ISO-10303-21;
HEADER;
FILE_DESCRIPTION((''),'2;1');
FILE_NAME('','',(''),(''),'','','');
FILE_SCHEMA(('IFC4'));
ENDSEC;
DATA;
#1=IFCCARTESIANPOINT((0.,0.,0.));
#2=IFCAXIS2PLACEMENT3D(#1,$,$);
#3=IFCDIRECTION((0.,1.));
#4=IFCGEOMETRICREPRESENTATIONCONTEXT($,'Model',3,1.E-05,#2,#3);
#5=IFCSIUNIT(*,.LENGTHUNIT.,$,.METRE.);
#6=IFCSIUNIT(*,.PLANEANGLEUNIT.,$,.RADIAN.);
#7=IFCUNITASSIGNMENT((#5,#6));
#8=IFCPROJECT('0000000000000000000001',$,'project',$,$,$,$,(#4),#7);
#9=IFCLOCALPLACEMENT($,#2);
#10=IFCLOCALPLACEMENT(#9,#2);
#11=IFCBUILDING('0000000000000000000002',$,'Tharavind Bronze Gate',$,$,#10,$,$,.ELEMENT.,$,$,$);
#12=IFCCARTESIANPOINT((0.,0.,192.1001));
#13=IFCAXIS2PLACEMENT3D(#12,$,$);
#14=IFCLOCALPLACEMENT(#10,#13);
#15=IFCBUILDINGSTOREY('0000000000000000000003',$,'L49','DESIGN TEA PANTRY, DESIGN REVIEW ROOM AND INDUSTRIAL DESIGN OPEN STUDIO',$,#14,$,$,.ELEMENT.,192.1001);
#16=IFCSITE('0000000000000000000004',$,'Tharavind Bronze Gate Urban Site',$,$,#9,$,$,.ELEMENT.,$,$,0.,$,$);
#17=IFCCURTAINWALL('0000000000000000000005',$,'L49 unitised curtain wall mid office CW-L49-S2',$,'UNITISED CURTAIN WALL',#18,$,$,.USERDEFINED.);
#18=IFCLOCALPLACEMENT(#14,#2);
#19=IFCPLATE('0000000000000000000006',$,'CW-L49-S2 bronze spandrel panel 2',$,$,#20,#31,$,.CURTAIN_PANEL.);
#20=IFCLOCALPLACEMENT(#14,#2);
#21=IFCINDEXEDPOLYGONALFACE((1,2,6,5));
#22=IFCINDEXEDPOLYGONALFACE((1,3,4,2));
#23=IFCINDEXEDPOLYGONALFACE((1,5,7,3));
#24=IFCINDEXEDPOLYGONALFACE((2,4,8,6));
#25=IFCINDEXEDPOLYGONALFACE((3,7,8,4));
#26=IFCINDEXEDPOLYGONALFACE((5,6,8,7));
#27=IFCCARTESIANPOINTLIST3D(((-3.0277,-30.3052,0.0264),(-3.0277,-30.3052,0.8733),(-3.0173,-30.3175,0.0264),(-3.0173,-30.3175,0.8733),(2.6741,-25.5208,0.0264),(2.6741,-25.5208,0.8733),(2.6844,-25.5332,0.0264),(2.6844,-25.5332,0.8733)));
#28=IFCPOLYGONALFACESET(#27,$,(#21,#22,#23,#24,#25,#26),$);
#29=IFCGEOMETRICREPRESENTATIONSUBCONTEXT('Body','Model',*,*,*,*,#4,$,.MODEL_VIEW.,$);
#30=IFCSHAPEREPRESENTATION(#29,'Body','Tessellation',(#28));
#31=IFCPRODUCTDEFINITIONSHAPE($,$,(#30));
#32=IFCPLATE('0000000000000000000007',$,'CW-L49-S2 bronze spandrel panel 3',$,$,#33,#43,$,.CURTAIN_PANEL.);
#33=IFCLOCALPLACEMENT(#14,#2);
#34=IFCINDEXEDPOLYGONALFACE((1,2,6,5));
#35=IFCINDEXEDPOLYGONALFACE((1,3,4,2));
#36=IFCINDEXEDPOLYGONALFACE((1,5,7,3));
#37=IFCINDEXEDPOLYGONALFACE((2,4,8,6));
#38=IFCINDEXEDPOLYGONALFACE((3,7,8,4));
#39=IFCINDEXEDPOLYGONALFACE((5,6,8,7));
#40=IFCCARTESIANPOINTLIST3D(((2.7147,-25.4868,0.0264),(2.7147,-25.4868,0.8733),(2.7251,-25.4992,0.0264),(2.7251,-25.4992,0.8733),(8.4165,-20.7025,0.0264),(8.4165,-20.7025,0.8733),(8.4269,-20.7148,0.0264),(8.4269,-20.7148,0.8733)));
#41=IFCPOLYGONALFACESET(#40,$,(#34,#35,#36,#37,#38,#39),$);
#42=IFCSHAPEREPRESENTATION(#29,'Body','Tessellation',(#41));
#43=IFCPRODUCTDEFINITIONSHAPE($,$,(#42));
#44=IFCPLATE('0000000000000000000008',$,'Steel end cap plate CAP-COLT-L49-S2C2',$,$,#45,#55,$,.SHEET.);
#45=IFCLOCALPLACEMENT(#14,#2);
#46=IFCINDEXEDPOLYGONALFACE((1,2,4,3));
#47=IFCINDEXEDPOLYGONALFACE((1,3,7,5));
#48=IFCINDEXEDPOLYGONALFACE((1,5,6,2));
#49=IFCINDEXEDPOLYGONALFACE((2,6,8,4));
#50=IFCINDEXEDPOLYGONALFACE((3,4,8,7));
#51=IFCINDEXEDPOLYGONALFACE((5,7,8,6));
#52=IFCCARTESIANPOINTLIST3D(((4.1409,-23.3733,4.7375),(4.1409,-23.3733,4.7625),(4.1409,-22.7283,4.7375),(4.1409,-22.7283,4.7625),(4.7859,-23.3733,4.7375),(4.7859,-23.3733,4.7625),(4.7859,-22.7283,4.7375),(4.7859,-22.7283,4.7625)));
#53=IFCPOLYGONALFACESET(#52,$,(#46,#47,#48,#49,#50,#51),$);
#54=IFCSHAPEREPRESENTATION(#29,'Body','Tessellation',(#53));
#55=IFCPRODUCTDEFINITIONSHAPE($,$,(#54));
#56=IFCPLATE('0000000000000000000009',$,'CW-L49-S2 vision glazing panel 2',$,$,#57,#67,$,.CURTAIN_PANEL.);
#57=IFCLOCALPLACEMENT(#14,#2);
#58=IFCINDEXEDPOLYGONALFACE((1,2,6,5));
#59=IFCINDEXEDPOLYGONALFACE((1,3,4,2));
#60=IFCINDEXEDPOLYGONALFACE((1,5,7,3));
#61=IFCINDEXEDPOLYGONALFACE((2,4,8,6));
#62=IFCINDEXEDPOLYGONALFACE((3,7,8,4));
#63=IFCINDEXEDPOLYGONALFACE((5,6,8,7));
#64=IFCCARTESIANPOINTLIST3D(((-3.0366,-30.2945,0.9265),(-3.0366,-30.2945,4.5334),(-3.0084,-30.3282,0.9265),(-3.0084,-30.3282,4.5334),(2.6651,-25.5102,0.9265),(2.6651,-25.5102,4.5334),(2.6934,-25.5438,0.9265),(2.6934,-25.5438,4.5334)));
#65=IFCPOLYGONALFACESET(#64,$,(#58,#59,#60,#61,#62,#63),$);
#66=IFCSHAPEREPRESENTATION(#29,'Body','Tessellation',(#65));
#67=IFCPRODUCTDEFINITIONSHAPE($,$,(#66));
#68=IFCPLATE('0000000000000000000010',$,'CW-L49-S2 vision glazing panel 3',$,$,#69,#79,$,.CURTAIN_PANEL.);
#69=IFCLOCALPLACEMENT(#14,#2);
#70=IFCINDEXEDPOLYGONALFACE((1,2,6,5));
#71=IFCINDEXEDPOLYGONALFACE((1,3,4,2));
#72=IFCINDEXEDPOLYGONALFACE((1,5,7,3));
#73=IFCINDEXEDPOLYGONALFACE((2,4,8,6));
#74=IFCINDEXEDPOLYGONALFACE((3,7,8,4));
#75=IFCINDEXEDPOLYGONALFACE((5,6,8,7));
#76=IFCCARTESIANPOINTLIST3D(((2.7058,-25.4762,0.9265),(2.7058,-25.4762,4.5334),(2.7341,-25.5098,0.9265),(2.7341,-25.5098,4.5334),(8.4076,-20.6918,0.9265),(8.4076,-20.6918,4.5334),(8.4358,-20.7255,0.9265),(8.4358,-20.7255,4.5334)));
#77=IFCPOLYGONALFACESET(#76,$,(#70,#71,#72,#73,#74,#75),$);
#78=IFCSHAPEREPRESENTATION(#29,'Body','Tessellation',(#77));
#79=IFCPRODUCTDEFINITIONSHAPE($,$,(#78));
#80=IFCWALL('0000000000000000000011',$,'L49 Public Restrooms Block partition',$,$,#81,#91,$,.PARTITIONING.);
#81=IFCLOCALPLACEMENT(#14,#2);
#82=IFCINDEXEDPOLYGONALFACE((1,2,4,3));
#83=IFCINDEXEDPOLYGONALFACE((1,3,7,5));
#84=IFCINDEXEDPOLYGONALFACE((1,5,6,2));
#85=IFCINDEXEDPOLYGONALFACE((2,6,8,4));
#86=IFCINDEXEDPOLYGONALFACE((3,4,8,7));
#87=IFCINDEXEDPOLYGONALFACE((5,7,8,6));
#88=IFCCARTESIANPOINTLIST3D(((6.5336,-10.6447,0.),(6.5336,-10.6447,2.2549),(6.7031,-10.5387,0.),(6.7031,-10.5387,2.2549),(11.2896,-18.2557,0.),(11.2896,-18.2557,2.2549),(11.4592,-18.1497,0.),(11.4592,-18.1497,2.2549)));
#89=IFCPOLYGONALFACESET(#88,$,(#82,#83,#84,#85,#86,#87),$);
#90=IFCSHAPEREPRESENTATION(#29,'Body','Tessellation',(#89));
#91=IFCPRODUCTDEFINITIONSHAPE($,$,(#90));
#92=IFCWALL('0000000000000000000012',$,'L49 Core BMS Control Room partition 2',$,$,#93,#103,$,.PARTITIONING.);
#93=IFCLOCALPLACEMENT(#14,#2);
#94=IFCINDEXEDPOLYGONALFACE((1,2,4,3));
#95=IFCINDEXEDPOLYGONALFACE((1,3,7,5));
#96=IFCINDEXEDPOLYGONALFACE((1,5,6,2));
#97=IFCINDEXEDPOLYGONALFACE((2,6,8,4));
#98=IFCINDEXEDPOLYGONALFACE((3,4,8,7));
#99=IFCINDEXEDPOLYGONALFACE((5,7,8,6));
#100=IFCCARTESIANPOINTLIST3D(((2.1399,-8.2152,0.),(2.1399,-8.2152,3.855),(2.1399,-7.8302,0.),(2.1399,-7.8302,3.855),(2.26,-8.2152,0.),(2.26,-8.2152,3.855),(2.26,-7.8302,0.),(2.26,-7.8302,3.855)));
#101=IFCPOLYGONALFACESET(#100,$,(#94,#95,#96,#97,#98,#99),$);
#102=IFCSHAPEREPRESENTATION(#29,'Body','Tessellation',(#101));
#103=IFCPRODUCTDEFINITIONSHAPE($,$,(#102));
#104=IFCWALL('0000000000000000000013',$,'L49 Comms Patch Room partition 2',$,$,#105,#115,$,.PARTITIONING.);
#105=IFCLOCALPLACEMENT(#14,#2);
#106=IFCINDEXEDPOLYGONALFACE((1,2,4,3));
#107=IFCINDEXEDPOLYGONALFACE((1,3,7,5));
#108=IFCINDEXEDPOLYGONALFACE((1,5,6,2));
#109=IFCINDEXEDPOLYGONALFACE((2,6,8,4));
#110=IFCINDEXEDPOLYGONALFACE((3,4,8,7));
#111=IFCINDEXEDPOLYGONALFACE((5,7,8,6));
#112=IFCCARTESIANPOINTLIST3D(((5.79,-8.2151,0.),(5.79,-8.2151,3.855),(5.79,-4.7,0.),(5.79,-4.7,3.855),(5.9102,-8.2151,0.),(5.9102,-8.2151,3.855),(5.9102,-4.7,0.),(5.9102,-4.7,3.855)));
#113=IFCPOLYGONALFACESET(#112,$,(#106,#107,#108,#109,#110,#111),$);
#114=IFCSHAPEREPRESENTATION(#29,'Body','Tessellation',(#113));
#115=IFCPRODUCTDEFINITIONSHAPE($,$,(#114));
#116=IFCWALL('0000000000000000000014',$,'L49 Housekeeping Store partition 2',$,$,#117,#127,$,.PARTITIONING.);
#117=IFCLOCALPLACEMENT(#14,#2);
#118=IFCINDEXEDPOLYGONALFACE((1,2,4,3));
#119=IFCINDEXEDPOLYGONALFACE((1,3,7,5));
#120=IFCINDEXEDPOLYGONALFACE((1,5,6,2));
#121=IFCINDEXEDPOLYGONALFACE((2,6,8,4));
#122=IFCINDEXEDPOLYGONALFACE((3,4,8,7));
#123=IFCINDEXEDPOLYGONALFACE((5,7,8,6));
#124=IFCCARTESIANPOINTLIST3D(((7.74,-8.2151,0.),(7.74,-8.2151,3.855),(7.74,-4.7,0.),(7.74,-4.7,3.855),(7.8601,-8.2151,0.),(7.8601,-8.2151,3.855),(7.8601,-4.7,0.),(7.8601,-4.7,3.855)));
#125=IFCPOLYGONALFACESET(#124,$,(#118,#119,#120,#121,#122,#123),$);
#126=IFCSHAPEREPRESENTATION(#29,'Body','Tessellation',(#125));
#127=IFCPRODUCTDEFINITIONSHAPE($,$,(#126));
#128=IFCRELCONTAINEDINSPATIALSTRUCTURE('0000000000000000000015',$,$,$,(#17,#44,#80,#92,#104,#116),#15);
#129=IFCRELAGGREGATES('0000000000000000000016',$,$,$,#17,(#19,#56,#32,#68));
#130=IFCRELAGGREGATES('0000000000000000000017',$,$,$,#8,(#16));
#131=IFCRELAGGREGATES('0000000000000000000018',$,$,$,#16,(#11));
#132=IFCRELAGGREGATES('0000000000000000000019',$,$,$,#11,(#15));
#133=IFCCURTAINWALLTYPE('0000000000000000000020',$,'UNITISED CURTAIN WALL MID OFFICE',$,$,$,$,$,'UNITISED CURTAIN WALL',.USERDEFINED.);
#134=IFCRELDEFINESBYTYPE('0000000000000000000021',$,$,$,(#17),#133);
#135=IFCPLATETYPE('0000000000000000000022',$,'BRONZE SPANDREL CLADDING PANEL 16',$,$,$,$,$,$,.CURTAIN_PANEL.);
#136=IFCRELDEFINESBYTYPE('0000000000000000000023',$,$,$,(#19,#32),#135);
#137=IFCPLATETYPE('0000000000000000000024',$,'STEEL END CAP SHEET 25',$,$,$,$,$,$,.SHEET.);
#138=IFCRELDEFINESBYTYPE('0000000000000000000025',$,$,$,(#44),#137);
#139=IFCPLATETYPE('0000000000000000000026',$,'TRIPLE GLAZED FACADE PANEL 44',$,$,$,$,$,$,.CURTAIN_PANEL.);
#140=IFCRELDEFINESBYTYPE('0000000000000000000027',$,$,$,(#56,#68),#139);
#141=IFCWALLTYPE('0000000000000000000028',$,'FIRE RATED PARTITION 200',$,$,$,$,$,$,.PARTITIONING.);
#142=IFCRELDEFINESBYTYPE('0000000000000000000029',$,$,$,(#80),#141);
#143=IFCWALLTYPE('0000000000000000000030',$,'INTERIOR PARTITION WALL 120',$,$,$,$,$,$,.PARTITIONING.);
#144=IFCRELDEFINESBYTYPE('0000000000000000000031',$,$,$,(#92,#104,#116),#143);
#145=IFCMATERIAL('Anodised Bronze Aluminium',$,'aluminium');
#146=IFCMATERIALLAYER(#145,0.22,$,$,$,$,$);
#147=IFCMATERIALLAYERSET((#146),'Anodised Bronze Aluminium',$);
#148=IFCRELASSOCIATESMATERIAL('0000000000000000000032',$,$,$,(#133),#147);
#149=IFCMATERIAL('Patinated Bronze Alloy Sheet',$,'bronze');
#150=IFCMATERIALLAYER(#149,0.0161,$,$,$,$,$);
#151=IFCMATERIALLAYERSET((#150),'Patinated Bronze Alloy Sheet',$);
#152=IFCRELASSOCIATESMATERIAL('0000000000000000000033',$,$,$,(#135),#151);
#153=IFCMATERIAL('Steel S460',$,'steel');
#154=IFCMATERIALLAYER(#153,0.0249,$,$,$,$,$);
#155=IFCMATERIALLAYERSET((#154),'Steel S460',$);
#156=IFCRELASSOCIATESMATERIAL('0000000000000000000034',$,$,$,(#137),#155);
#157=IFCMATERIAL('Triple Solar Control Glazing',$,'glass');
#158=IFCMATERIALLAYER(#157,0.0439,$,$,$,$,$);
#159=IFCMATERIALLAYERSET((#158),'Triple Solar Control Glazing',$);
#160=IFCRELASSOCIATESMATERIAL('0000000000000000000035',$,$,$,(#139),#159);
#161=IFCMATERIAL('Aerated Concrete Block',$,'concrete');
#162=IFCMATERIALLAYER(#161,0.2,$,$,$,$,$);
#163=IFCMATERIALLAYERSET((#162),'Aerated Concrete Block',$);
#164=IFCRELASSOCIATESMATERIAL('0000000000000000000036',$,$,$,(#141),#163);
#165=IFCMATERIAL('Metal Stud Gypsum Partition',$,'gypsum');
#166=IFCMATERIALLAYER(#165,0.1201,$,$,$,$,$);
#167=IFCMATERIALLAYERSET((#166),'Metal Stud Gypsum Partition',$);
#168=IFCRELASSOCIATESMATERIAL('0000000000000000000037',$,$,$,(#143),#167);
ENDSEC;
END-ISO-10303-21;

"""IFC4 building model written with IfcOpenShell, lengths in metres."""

from ifc_helpers import new_model, si_unit, direction, frame, frame_2d, origin, origin_2d, place, context, subcontext, project, spatial, rectangle, extrude, material, layer, layer_set, type_object, element, aggregate, save


model = new_model("IFC4")

# Units and contexts
model_context = context("Model", 3, precision=1e-05, world=origin(), true_north=direction((0.0, 1.0)))
body_context = subcontext(model_context, "Body", "Model", "MODEL_VIEW")
ifc_project = project(units=[si_unit("LENGTHUNIT", "METRE"), si_unit("PLANEANGLEUNIT", "RADIAN")], contexts=[model_context])

# Site, building, storey
site_placement = place(None, origin())
site = spatial("IfcSite", under=ifc_project, at=site_placement, Name="Tharavind Bronze Gate Urban Site", CompositionType="ELEMENT", RefElevation=0.0)
building_placement = place(site_placement, origin())
building = spatial("IfcBuilding", under=site, at=building_placement, Name="Tharavind Bronze Gate", CompositionType="ELEMENT")
storey_placement = place(building_placement, frame((0.0, 0.0, 192.1001)))
storey = spatial("IfcBuildingStorey", under=building, at=storey_placement, Name="L49", Description="DESIGN TEA PANTRY, DESIGN REVIEW ROOM AND INDUSTRIAL DESIGN OPEN STUDIO", CompositionType="ELEMENT", Elevation=192.1001)

# Shared definitions
ifc_material_1 = material(Name="Steel S460", Category="steel")

# Curtain wall
ifc_material_2 = material(Name="Anodised Bronze Aluminium", Category="aluminium")
ifc_layer_1 = layer(ifc_material_2, 0.22)
ifc_layer_set_1 = layer_set([ifc_layer_1], Name="Anodised Bronze Aluminium")
curtain_wall_type = type_object("IfcCurtainWallType", Name="UNITISED CURTAIN WALL MID OFFICE", ElementType="UNITISED CURTAIN WALL", PredefinedType="USERDEFINED", material=ifc_layer_set_1)
curtain_wall_placement = place(storey_placement, origin())
curtain_wall = element("IfcCurtainWall", 1, at=curtain_wall_placement, inside=storey, type_object=curtain_wall_type, Name="L49 unitised curtain wall mid office CW-L49-S2", ObjectType="UNITISED CURTAIN WALL", PredefinedType="USERDEFINED")

# Plates
ifc_material_3 = material(Name="Patinated Bronze Alloy Sheet", Category="bronze")
ifc_layer_2 = layer(ifc_material_3, 0.0161)
ifc_layer_set_2 = layer_set([ifc_layer_2], Name="Patinated Bronze Alloy Sheet")
plate_type_1 = type_object("IfcPlateType", Name="BRONZE SPANDREL CLADDING PANEL 16", PredefinedType="CURTAIN_PANEL", material=ifc_layer_set_2)
plate_1_placement = place(storey_placement, frame((-0.1716, -27.9192, 0.0264), z_axis=(0.0, 0.0, 1.0), x_axis=(0.766043, 0.642789, 0.0)))
plate_1 = element("IfcPlate", 2, at=plate_1_placement, type_object=plate_type_1, Name="CW-L49-S2 bronze spandrel panel 2", PredefinedType="CURTAIN_PANEL", context=body_context, shape_type="SweptSolid", body=[
    extrude(rectangle(XDim=7.4431, YDim=0.0161, at=origin_2d()), origin(), (0.0, 0.0, 1.0), 0.8469),
])
plate_2_placement = place(storey_placement, frame((5.5708, -23.1008, 0.0264), z_axis=(0.0, 0.0, 1.0), x_axis=(0.766043, 0.642789, 0.0)))
plate_2 = element("IfcPlate", 3, at=plate_2_placement, type_object=plate_type_1, Name="CW-L49-S2 bronze spandrel panel 3", PredefinedType="CURTAIN_PANEL", context=body_context, shape_type="SweptSolid", body=[
    extrude(rectangle(XDim=7.4431, YDim=0.0161, at=origin_2d()), origin(), (0.0, 0.0, 1.0), 0.8469),
])
ifc_layer_3 = layer(ifc_material_1, 0.0249)
ifc_layer_set_3 = layer_set([ifc_layer_3], Name="Steel S460")
plate_type_2 = type_object("IfcPlateType", Name="STEEL END CAP SHEET 25", PredefinedType="SHEET", material=ifc_layer_set_3)
plate_3_placement = place(storey_placement, frame((4.4634, -23.0508, 4.7375), z_axis=(0.0, 0.0, 1.0), x_axis=(1.0, 0.0, 0.0)))
element("IfcPlate", 4, at=plate_3_placement, inside=storey, type_object=plate_type_2, Name="Steel end cap plate CAP-COLT-L49-S2C2", PredefinedType="SHEET", context=body_context, shape_type="SweptSolid", body=[
    extrude(rectangle(XDim=0.645, YDim=0.645, at=origin_2d()), origin(), (0.0, 0.0, 1.0), 0.0249),
])
ifc_material_4 = material(Name="Triple Solar Control Glazing", Category="glass")
ifc_layer_4 = layer(ifc_material_4, 0.0439)
ifc_layer_set_4 = layer_set([ifc_layer_4], Name="Triple Solar Control Glazing")
plate_type_3 = type_object("IfcPlateType", Name="TRIPLE GLAZED FACADE PANEL 44", PredefinedType="CURTAIN_PANEL", material=ifc_layer_set_4)
plate_4_placement = place(storey_placement, frame((-0.1716, -27.9192, 0.9265), z_axis=(0.0, 0.0, 1.0), x_axis=(0.766043, 0.642789, 0.0)))
plate_4 = element("IfcPlate", 5, at=plate_4_placement, type_object=plate_type_3, Name="CW-L49-S2 vision glazing panel 2", PredefinedType="CURTAIN_PANEL", context=body_context, shape_type="SweptSolid", body=[
    extrude(rectangle(XDim=7.4431, YDim=0.0439, at=origin_2d()), origin(), (0.0, 0.0, 1.0), 3.6069),
])
plate_5_placement = place(storey_placement, frame((5.5708, -23.1008, 0.9265), z_axis=(0.0, 0.0, 1.0), x_axis=(0.766043, 0.642789, 0.0)))
plate_5 = element("IfcPlate", 6, at=plate_5_placement, type_object=plate_type_3, Name="CW-L49-S2 vision glazing panel 3", PredefinedType="CURTAIN_PANEL", context=body_context, shape_type="SweptSolid", body=[
    extrude(rectangle(XDim=7.4431, YDim=0.0439, at=origin_2d()), origin(), (0.0, 0.0, 1.0), 3.6069),
])
aggregate(curtain_wall, [plate_1, plate_4, plate_2, plate_5])

# Walls
ifc_material_5 = material(Name="Aerated Concrete Block", Category="concrete")
ifc_layer_5 = layer(ifc_material_5, 0.2)
ifc_layer_set_5 = layer_set([ifc_layer_5], Name="Aerated Concrete Block")
wall_type_1 = type_object("IfcWallType", Name="FIRE RATED PARTITION 200", PredefinedType="PARTITIONING", material=ifc_layer_set_5)
wall_1_placement = place(storey_placement, frame((6.6184, -10.5918, 0.0), z_axis=(0.0, 0.0, 1.0), x_axis=(0.529933, -0.84804, 0.0)))
element("IfcWall", 7, at=wall_1_placement, inside=storey, type_object=wall_type_1, Name="L49 Public Restrooms Block partition", PredefinedType="PARTITIONING", context=body_context, shape_type="SweptSolid", body=[
    extrude(rectangle(XDim=8.9749, YDim=0.2, at=frame_2d((4.4873, 0.0))), origin(), (0.0, 0.0, 1.0), 2.2549),
])
ifc_material_6 = material(Name="Metal Stud Gypsum Partition", Category="gypsum")
ifc_layer_6 = layer(ifc_material_6, 0.1201)
ifc_layer_set_6 = layer_set([ifc_layer_6], Name="Metal Stud Gypsum Partition")
wall_type_2 = type_object("IfcWallType", Name="INTERIOR PARTITION WALL 120", PredefinedType="PARTITIONING", material=ifc_layer_set_6)
wall_2_placement = place(storey_placement, frame((2.2, -8.2151, 0.0), z_axis=(0.0, 0.0, 1.0), x_axis=(0.0, 1.0, 0.0)))
element("IfcWall", 8, at=wall_2_placement, inside=storey, type_object=wall_type_2, Name="L49 Core BMS Control Room partition 2", PredefinedType="PARTITIONING", context=body_context, shape_type="SweptSolid", body=[
    extrude(rectangle(XDim=0.385, YDim=0.1201, at=frame_2d((0.1924, 0.0))), origin(), (0.0, 0.0, 1.0), 3.855),
])
for number, where, z_axis, x_axis, name in (
    (9, (5.8501, -8.2151, 0.0), (0.0, 0.0, 1.0), (0.0, 1.0, 0.0), "L49 Comms Patch Room partition 2"),
    (10, (7.8, -8.2151, 0.0), (0.0, 0.0, 1.0), (0.0, 1.0, 0.0), "L49 Housekeeping Store partition 2"),
):
    element("IfcWall", number, at=place(storey_placement, frame(where, z_axis=z_axis, x_axis=x_axis)), inside=storey, type_object=wall_type_2, Name=name, PredefinedType="PARTITIONING", context=body_context, shape_type="SweptSolid", body=[
        extrude(rectangle(XDim=3.5151, YDim=0.1201, at=frame_2d((1.7576, 0.0))), origin(), (0.0, 0.0, 1.0), 3.855),
    ])

save(model, "model.ifc")
